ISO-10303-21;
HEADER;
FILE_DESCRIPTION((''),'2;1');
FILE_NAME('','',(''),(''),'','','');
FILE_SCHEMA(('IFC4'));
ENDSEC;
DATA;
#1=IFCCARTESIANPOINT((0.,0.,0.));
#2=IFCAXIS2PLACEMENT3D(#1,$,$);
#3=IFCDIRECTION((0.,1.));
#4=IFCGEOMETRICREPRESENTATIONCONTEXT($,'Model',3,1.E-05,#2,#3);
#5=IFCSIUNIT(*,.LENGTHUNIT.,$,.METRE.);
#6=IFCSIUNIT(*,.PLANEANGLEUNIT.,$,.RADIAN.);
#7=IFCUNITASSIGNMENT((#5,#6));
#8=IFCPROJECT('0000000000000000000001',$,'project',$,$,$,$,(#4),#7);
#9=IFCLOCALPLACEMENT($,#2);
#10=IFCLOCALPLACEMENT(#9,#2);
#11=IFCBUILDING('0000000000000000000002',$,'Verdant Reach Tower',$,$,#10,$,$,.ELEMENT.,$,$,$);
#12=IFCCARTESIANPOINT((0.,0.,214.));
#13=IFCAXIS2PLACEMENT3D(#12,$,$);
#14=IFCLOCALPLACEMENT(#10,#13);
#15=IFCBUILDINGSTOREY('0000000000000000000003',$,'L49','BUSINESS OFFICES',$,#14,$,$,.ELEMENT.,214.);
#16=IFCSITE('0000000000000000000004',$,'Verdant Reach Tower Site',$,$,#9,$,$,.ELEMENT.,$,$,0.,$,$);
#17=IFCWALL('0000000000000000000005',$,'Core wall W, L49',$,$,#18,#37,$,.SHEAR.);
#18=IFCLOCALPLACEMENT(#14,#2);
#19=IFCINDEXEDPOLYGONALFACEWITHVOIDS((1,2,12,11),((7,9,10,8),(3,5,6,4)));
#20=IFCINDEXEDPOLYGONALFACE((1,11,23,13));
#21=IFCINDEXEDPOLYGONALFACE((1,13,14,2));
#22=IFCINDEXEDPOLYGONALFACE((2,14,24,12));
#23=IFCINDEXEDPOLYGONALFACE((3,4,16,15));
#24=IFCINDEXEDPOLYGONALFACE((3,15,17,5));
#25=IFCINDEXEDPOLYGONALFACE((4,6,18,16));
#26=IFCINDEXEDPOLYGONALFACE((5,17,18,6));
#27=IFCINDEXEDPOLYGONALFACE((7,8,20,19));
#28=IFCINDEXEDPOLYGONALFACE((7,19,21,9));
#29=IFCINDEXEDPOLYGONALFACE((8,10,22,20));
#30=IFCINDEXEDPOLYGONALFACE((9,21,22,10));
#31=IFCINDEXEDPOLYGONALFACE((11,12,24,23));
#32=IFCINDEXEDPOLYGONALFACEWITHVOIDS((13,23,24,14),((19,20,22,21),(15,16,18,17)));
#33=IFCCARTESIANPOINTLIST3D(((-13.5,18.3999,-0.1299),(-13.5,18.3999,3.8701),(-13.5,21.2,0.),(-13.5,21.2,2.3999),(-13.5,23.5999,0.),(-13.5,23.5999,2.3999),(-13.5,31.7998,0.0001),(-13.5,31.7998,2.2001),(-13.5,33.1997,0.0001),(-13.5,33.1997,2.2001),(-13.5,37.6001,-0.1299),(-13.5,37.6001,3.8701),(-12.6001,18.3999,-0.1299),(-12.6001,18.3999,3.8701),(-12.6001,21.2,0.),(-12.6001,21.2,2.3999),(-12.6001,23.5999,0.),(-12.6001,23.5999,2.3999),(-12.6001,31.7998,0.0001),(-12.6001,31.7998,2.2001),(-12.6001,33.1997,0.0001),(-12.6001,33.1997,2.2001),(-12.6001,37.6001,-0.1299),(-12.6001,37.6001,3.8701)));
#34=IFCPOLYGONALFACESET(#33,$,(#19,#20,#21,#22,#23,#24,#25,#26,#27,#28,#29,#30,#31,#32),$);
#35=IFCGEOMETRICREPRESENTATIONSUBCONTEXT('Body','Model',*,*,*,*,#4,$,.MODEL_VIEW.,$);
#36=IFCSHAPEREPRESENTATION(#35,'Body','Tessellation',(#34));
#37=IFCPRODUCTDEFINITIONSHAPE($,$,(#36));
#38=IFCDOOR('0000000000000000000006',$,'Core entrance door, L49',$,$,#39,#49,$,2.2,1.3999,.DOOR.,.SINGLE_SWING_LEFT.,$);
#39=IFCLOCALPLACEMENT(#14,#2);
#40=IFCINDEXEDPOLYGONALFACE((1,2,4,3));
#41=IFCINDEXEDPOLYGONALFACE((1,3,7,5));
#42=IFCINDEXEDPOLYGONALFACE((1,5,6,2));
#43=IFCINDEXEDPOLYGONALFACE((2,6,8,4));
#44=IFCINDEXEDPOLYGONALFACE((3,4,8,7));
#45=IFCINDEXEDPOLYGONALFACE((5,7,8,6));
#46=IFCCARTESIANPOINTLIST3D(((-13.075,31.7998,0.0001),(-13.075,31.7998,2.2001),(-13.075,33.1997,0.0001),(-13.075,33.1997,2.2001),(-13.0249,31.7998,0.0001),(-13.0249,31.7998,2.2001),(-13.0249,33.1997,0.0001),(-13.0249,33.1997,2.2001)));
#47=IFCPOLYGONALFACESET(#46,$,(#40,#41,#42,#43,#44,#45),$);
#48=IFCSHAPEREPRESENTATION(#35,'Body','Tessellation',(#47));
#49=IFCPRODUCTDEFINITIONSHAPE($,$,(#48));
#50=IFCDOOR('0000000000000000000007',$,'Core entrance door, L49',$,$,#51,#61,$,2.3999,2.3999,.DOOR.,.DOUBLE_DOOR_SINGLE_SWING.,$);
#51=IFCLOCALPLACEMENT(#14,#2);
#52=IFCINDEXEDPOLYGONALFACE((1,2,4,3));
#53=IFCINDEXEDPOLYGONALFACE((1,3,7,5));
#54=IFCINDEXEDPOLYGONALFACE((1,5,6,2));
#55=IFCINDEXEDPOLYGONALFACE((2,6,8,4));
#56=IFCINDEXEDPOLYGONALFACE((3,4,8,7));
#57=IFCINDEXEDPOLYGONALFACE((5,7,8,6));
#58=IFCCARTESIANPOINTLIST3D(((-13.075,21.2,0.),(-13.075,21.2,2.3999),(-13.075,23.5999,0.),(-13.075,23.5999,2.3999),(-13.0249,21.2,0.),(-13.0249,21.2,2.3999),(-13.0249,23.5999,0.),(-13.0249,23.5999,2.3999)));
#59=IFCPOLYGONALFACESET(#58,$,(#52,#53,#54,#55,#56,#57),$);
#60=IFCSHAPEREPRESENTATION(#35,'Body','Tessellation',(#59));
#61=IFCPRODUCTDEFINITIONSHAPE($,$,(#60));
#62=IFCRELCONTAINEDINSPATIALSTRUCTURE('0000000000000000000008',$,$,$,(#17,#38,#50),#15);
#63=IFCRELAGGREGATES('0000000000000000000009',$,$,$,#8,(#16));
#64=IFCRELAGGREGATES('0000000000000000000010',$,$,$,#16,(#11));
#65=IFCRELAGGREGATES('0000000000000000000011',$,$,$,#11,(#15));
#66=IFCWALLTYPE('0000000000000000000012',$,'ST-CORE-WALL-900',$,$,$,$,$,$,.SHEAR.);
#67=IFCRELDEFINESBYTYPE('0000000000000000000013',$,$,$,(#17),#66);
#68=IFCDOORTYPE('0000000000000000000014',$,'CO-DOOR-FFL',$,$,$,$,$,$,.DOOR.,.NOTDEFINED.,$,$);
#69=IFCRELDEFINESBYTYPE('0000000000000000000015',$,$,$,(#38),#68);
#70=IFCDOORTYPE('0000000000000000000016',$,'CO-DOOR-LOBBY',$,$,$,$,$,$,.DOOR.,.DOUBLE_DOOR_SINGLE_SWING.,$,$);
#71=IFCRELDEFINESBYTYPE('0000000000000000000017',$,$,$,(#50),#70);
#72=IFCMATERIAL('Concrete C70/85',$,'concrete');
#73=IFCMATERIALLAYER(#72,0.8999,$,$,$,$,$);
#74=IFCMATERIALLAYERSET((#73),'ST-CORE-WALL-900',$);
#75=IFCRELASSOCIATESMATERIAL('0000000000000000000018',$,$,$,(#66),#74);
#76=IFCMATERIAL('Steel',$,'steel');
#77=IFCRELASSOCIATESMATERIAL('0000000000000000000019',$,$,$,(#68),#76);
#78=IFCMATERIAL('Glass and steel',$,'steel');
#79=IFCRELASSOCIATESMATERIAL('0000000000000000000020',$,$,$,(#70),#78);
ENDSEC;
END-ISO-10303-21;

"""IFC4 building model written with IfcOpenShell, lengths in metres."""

from ifc_helpers import new_model, si_unit, direction, frame, frame_2d, origin, place, context, subcontext, project, spatial, rectangle, extrude, material, layer, layer_set, type_object, element, fill, save


model = new_model("IFC4")

# Units and contexts
model_context = context("Model", 3, precision=1e-05, world=origin(), true_north=direction((0.0, 1.0)))
body_context = subcontext(model_context, "Body", "Model", "MODEL_VIEW")
ifc_project = project(units=[si_unit("LENGTHUNIT", "METRE"), si_unit("PLANEANGLEUNIT", "RADIAN")], contexts=[model_context])

# Site, building, storey
site_placement = place(None, origin())
site = spatial("IfcSite", under=ifc_project, at=site_placement, Name="Verdant Reach Tower Site", CompositionType="ELEMENT", RefElevation=0.0)
building_placement = place(site_placement, origin())
building = spatial("IfcBuilding", under=site, at=building_placement, Name="Verdant Reach Tower", CompositionType="ELEMENT")
storey_placement = place(building_placement, frame((0.0, 0.0, 214.0)))
storey = spatial("IfcBuildingStorey", under=building, at=storey_placement, Name="L49", Description="BUSINESS OFFICES", CompositionType="ELEMENT", Elevation=214.0)

# Shared definitions
ifc_material_1 = material(Name="Concrete C70/85", Category="concrete")
ifc_material_2 = material(Name="Steel", Category="steel")

# Wall, openings, doors
ifc_layer_1 = layer(ifc_material_1, 0.8999)
ifc_layer_set_1 = layer_set([ifc_layer_1], Name="ST-CORE-WALL-900")
wall_type_1 = type_object("IfcWallType", Name="ST-CORE-WALL-900", PredefinedType="SHEAR", material=ifc_layer_set_1)
wall_1_placement = place(storey_placement, frame((-13.05, 18.3999, -0.1299), z_axis=(0.0, 0.0, 1.0), x_axis=(0.0, 1.0, 0.0)))
wall_1 = element("IfcWall", 1, at=wall_1_placement, inside=storey, type_object=wall_type_1, Name="Core wall W, L49", PredefinedType="SHEAR", context=body_context, shape_type="SweptSolid", body=[
    extrude(rectangle(XDim=19.2002, YDim=0.8999, at=frame_2d((9.6001, 0.0))), origin(), (0.0, 0.0, 1.0), 4.0),
])
opening_1_placement = place(wall_1_placement, frame((2.8, 0.0, 0.1299)))
opening_1 = element("IfcOpeningElement", 2, at=opening_1_placement, cuts=wall_1, PredefinedType="OPENING", context=body_context, shape_type="SweptSolid", body=[
    extrude(rectangle(XDim=2.3999, YDim=2.3999, at=frame_2d((1.2, 1.2))), frame((0.0, 0.46, 0.0), z_axis=(0.0, -1.0, 0.0), x_axis=(1.0, 0.0, 0.0)), (0.0, 0.0, 1.0), 0.9199),
])
opening_2_placement = place(wall_1_placement, frame((13.3999, 0.0, 0.1299)))
opening_2 = element("IfcOpeningElement", 3, at=opening_2_placement, cuts=wall_1, PredefinedType="OPENING", context=body_context, shape_type="SweptSolid", body=[
    extrude(rectangle(XDim=1.3999, YDim=2.2, at=frame_2d((0.7, 1.1001))), frame((0.0, 0.46, 0.0), z_axis=(0.0, -1.0, 0.0), x_axis=(1.0, 0.0, 0.0)), (0.0, 0.0, 1.0), 0.9199),
])
door_type_1 = type_object("IfcDoorType", Name="CO-DOOR-FFL", OperationType="NOTDEFINED", PredefinedType="DOOR", material=ifc_material_2)
door_1_placement = place(opening_2_placement, origin())
door_1 = element("IfcDoor", 4, at=door_1_placement, inside=storey, type_object=door_type_1, Name="Core entrance door, L49", OperationType="SINGLE_SWING_LEFT", OverallHeight=2.2, OverallWidth=1.3999, PredefinedType="DOOR", context=body_context, shape_type="SweptSolid", body=[
    extrude(rectangle(XDim=1.3999, YDim=2.2, at=frame_2d((0.7, 1.1001))), frame((0.0, 0.0249, 0.0), z_axis=(0.0, -1.0, 0.0), x_axis=(1.0, 0.0, 0.0)), (0.0, 0.0, 1.0), 0.05),
])
fill(opening_2, door_1)
ifc_material_3 = material(Name="Glass and steel", Category="steel")
door_type_2 = type_object("IfcDoorType", Name="CO-DOOR-LOBBY", OperationType="DOUBLE_DOOR_SINGLE_SWING", PredefinedType="DOOR", material=ifc_material_3)
door_2_placement = place(opening_1_placement, origin())
door_2 = element("IfcDoor", 5, at=door_2_placement, inside=storey, type_object=door_type_2, Name="Core entrance door, L49", OperationType="DOUBLE_DOOR_SINGLE_SWING", OverallHeight=2.3999, OverallWidth=2.3999, PredefinedType="DOOR", context=body_context, shape_type="SweptSolid", body=[
    extrude(rectangle(XDim=2.3999, YDim=2.3999, at=frame_2d((1.2, 1.2))), frame((0.0, 0.0249, 0.0), z_axis=(0.0, -1.0, 0.0), x_axis=(1.0, 0.0, 0.0)), (0.0, 0.0, 1.0), 0.05),
])
fill(opening_1, door_2)

save(model, "model.ifc")
